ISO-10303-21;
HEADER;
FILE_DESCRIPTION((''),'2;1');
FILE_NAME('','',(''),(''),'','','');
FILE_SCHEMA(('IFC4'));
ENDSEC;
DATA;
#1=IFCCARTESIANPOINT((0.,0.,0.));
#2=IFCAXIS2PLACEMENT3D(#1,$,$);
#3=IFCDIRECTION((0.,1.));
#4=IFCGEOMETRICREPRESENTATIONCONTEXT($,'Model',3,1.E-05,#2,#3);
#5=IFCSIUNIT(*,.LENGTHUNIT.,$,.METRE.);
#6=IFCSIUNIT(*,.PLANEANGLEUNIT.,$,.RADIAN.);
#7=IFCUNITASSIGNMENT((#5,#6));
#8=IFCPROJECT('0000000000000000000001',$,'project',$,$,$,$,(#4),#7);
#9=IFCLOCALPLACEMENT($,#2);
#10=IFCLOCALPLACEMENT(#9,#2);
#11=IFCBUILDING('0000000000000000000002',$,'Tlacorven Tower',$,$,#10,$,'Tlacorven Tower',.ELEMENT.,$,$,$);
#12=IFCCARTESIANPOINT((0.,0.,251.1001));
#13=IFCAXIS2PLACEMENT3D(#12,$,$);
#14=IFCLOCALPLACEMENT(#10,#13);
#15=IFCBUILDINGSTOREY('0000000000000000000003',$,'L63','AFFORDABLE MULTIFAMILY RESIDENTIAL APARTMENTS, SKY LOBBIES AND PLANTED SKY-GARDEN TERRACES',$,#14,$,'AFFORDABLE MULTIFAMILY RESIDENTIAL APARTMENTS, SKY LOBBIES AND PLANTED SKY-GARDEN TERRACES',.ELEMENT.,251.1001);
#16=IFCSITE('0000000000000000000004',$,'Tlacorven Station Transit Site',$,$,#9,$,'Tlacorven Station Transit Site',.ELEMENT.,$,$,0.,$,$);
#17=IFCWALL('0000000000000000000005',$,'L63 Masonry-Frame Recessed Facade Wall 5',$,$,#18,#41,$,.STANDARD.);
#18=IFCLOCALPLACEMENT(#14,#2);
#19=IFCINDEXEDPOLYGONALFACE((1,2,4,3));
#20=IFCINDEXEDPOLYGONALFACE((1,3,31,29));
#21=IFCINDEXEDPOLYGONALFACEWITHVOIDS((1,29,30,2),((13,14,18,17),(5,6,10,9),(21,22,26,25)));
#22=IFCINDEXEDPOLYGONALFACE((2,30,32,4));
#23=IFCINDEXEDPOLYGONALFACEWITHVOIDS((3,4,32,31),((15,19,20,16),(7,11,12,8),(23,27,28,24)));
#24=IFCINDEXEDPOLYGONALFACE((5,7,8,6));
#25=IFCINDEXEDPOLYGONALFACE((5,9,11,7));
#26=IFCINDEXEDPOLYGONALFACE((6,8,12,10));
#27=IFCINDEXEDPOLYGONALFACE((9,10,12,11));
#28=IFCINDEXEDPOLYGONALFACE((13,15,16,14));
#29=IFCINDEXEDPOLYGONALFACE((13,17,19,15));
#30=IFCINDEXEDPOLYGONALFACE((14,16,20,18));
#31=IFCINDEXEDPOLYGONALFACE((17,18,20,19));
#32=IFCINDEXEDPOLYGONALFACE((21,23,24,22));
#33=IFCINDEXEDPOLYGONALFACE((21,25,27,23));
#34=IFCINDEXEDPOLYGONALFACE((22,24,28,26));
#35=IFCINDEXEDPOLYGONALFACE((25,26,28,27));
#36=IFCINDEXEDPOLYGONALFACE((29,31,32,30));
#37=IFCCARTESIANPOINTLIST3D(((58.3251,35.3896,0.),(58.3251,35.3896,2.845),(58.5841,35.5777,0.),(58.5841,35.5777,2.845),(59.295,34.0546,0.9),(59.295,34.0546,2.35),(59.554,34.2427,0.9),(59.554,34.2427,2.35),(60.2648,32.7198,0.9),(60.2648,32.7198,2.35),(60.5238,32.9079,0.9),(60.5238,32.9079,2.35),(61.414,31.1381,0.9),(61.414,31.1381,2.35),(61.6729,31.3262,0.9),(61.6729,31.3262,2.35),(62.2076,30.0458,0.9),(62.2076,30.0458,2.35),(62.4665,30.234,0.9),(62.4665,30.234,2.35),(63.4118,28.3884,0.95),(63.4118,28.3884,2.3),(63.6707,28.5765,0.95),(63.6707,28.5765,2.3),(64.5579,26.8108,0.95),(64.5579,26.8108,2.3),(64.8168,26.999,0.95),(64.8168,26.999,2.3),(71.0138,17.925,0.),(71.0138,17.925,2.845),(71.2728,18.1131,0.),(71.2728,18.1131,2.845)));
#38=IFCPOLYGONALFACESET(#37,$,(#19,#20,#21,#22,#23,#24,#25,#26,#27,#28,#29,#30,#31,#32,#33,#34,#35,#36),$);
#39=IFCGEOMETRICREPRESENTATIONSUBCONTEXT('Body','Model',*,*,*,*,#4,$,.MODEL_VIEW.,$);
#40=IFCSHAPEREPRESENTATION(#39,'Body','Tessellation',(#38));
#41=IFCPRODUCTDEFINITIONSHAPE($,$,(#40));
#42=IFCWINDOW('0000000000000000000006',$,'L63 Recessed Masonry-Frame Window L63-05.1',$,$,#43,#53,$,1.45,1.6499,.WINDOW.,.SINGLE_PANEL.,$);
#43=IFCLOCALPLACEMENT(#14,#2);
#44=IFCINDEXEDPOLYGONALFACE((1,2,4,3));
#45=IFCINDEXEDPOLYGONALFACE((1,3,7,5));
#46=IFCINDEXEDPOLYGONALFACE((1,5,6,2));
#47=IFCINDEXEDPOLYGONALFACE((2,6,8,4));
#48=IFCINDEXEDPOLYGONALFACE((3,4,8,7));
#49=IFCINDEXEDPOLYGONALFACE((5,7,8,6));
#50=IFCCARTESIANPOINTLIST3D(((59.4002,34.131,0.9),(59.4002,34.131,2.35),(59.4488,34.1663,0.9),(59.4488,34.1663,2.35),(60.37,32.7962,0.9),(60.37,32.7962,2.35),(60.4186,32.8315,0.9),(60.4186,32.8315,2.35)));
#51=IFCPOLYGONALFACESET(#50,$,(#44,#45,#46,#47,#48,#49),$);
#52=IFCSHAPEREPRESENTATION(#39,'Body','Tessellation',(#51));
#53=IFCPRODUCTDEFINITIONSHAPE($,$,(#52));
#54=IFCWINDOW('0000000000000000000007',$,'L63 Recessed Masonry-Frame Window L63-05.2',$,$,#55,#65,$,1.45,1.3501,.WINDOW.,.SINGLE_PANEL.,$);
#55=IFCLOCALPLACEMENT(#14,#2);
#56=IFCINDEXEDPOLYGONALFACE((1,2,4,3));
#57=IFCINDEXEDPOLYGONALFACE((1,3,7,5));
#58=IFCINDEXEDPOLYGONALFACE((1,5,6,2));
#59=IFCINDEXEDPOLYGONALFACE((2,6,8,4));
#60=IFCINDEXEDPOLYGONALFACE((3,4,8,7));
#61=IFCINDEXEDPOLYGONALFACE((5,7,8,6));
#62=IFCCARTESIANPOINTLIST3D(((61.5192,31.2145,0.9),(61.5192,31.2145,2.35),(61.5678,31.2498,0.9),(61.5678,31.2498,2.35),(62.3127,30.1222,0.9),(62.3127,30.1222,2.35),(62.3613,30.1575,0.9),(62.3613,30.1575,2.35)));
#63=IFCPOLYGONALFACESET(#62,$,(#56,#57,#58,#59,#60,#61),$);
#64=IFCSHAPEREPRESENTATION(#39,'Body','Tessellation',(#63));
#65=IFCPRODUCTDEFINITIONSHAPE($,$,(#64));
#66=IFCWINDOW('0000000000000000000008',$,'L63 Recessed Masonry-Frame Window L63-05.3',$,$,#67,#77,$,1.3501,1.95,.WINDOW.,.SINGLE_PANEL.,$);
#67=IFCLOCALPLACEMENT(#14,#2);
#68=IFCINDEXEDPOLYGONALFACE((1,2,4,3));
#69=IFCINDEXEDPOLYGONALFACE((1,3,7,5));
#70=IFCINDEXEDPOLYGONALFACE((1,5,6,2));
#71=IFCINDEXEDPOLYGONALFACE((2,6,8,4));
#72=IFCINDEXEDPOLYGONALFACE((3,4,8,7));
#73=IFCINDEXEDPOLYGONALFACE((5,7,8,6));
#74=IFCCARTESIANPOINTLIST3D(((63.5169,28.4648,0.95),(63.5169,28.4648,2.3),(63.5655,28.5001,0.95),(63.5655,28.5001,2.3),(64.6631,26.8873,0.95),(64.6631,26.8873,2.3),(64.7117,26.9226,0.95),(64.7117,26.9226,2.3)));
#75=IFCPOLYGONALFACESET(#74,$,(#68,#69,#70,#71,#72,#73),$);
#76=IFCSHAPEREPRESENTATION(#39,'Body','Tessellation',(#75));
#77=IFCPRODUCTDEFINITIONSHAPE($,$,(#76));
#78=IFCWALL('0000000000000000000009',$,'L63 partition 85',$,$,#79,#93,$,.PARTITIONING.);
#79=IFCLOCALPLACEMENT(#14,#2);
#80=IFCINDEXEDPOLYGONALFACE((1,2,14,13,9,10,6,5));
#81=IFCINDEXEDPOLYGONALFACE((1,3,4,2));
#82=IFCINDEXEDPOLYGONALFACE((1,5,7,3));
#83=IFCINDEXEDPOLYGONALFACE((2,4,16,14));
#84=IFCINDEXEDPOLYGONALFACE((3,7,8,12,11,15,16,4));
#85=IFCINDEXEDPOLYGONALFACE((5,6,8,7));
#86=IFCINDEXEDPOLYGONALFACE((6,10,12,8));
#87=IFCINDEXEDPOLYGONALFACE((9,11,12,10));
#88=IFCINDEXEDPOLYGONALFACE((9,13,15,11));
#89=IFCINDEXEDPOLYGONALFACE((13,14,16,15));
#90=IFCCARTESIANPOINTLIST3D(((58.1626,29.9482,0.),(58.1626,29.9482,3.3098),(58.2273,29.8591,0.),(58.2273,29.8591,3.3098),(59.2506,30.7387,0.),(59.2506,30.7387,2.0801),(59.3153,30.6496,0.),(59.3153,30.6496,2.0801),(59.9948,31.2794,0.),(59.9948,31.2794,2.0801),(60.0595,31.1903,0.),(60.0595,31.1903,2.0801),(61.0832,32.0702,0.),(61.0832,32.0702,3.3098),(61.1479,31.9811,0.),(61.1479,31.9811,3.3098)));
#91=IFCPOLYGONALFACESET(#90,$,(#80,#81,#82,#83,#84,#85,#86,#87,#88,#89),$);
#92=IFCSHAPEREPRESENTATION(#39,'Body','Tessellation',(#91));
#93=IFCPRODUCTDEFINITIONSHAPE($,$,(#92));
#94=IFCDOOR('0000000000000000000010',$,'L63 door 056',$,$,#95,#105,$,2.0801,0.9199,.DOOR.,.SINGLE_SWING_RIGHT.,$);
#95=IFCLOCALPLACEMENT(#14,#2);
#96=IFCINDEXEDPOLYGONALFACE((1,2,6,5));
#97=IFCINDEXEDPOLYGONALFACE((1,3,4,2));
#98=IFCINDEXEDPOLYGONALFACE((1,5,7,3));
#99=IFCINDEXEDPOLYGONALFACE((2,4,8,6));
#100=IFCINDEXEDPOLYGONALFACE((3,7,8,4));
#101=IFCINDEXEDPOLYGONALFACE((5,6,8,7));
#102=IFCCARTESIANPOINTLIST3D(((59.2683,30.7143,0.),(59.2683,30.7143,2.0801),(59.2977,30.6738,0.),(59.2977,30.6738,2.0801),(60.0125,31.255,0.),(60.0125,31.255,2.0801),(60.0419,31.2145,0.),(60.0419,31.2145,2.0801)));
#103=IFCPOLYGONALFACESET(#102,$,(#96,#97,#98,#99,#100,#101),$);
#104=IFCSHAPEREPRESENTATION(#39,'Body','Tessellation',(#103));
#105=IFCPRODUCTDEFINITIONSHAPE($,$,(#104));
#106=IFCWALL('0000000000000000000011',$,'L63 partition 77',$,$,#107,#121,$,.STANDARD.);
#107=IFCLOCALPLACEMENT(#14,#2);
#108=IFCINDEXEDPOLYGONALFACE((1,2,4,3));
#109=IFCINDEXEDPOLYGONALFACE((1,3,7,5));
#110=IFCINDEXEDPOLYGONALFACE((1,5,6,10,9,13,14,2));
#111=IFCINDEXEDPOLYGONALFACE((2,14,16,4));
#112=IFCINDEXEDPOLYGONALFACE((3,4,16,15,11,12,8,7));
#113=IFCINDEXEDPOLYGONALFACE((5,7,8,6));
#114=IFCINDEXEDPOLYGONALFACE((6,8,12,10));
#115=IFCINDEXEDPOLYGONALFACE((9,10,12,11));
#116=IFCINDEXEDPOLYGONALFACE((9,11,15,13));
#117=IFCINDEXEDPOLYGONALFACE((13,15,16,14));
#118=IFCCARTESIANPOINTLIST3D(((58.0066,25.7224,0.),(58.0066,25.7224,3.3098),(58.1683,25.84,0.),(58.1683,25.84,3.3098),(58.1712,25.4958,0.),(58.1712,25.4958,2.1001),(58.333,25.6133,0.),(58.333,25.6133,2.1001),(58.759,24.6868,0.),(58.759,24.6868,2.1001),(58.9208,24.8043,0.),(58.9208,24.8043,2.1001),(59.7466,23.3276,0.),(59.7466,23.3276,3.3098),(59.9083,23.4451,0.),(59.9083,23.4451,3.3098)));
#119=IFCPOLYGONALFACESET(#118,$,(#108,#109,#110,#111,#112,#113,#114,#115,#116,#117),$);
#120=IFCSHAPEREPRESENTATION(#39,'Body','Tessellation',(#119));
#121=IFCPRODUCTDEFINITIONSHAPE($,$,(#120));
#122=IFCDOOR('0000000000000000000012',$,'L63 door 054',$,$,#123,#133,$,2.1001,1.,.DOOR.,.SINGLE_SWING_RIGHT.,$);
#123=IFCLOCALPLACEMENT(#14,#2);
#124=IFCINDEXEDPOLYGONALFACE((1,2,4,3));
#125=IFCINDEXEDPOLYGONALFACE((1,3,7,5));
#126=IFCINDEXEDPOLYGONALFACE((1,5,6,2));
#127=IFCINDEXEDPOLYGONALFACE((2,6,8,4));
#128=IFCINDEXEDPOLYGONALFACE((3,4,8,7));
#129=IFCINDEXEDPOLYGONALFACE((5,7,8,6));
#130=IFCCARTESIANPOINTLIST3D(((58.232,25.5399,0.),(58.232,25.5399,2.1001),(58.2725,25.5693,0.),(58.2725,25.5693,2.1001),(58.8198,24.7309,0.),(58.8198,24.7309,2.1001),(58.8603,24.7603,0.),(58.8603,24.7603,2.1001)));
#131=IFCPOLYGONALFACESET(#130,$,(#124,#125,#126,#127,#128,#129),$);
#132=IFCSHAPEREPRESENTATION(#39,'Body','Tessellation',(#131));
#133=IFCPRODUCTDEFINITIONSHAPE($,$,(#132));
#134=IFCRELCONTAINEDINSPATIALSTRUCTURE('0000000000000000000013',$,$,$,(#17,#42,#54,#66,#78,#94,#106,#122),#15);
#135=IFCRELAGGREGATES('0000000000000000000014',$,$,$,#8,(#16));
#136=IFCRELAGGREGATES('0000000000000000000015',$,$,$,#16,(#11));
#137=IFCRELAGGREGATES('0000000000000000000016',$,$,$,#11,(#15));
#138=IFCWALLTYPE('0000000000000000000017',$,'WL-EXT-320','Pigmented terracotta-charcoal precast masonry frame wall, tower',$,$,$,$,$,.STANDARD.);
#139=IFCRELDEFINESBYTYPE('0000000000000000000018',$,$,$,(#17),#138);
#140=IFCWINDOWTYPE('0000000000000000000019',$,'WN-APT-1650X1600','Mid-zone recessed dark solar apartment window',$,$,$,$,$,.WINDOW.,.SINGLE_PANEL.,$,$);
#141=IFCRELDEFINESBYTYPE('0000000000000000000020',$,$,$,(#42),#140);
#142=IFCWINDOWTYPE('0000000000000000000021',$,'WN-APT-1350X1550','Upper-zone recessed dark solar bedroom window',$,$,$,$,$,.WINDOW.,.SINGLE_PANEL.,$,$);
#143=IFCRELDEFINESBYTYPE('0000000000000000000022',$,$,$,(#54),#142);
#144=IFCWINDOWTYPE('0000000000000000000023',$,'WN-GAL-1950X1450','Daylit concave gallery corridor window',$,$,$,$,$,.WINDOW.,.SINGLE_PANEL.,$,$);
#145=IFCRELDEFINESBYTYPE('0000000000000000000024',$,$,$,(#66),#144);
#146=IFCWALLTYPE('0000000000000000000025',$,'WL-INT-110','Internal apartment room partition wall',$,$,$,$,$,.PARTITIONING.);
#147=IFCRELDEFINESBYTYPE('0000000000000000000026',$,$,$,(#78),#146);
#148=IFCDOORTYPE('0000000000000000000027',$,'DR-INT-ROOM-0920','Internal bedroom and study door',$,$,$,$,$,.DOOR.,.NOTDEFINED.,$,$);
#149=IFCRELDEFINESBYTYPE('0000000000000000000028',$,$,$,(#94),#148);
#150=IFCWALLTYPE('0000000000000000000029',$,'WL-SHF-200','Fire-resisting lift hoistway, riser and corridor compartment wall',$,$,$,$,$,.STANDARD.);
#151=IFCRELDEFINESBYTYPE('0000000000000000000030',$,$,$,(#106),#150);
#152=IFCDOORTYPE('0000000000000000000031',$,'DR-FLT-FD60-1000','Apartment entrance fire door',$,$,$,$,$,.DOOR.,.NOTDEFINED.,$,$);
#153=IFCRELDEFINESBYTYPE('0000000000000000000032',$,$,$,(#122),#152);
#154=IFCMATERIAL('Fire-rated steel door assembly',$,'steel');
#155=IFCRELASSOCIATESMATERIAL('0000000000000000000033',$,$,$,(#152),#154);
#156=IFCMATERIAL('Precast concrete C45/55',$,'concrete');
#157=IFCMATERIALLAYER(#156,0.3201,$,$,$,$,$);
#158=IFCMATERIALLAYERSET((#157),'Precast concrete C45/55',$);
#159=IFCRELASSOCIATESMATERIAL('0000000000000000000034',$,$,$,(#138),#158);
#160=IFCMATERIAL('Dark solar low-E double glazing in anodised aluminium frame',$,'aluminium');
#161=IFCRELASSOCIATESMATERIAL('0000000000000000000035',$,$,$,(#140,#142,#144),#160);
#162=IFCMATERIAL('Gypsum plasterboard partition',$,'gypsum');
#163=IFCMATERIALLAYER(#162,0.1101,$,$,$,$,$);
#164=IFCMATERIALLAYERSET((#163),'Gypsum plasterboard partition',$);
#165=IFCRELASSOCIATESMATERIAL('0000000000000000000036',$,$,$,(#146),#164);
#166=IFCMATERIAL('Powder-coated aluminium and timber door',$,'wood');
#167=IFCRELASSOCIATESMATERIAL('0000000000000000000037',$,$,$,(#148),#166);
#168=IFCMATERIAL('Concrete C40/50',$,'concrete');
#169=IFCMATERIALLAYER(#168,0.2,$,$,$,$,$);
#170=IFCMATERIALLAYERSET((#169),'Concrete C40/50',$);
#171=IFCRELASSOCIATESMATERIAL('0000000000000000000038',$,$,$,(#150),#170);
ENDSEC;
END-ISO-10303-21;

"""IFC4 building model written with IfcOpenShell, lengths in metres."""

from ifc_helpers import new_model, si_unit, direction, frame, frame_2d, origin, place, context, subcontext, project, spatial, rectangle, extrude, source, transform, mapped, material, layer, layer_set, type_object, element, fill, save


model = new_model("IFC4")

# Units and contexts
model_context = context("Model", 3, precision=1e-05, world=origin(), true_north=direction((0.0, 1.0)))
body_context = subcontext(model_context, "Body", "Model", "MODEL_VIEW")
ifc_project = project(units=[si_unit("LENGTHUNIT", "METRE"), si_unit("PLANEANGLEUNIT", "RADIAN")], contexts=[model_context])

# Site, building, storey
site_placement = place(None, origin())
site = spatial("IfcSite", under=ifc_project, at=site_placement, Name="Tlacorven Station Transit Site", LongName="Tlacorven Station Transit Site", CompositionType="ELEMENT", RefElevation=0.0)
building_placement = place(site_placement, origin())
building = spatial("IfcBuilding", under=site, at=building_placement, Name="Tlacorven Tower", LongName="Tlacorven Tower", CompositionType="ELEMENT")
storey_placement = place(building_placement, frame((0.0, 0.0, 251.1001)))
storey = spatial("IfcBuildingStorey", under=building, at=storey_placement, Name="L63", Description="AFFORDABLE MULTIFAMILY RESIDENTIAL APARTMENTS, SKY LOBBIES AND PLANTED SKY-GARDEN TERRACES", LongName="AFFORDABLE MULTIFAMILY RESIDENTIAL APARTMENTS, SKY LOBBIES AND PLANTED SKY-GARDEN TERRACES", CompositionType="ELEMENT", Elevation=251.1001)

# Shared definitions
ifc_material_1 = material(Name="Fire-rated steel door assembly", Category="steel")
door_type_1 = type_object("IfcDoorType", Name="DR-FLT-FD60-1000", Description="Apartment entrance fire door", OperationType="NOTDEFINED", PredefinedType="DOOR", material=ifc_material_1)
shared_shape_1 = source(origin(), body_context, "Body", "SweptSolid", [
    extrude(rectangle(XDim=1.0, YDim=2.1001, at=frame_2d((0.5, 1.05))), frame((0.0, 0.0249, 0.0), z_axis=(0.0, -1.0, 0.0), x_axis=(1.0, 0.0, 0.0)), (0.0, 0.0, 1.0), 0.05),
])

# Wall, openings, windows
ifc_material_2 = material(Name="Precast concrete C45/55", Category="concrete")
ifc_layer_1 = layer(ifc_material_2, 0.3201)
ifc_layer_set_1 = layer_set([ifc_layer_1], Name="Precast concrete C45/55")
wall_type_1 = type_object("IfcWallType", Name="WL-EXT-320", Description="Pigmented terracotta-charcoal precast masonry frame wall, tower", PredefinedType="STANDARD", material=ifc_layer_set_1)
wall_1_placement = place(storey_placement, frame((58.4546, 35.4836, 0.0), z_axis=(0.0, 0.0, 1.0), x_axis=(0.587784, -0.809018, 0.0)))
wall_1 = element("IfcWall", 1, at=wall_1_placement, inside=storey, type_object=wall_type_1, Name="L63 Masonry-Frame Recessed Facade Wall 5", PredefinedType="STANDARD", context=body_context, shape_type="SweptSolid", body=[
    extrude(rectangle(XDim=21.5874, YDim=0.3201, at=frame_2d((10.7937, 0.0))), origin(), (0.0, 0.0, 1.0), 2.845),
])
opening_1_placement = place(wall_1_placement, frame((1.6501, 0.0, 0.8999)))
opening_1 = element("IfcOpeningElement", 2, at=opening_1_placement, cuts=wall_1, PredefinedType="OPENING", context=body_context, shape_type="SweptSolid", body=[
    extrude(rectangle(XDim=1.6499, YDim=1.45, at=frame_2d((0.825, 0.7251))), frame((0.0, 0.1699, 0.0), z_axis=(0.0, -1.0, 0.0), x_axis=(1.0, 0.0, 0.0)), (0.0, 0.0, 1.0), 0.3401),
])
opening_2_placement = place(wall_1_placement, frame((5.2551, 0.0, 0.8999)))
opening_2 = element("IfcOpeningElement", 3, at=opening_2_placement, cuts=wall_1, PredefinedType="OPENING", context=body_context, shape_type="SweptSolid", body=[
    extrude(rectangle(XDim=1.3501, YDim=1.45, at=frame_2d((0.675, 0.7251))), frame((0.0, 0.1699, 0.0), z_axis=(0.0, -1.0, 0.0), x_axis=(1.0, 0.0, 0.0)), (0.0, 0.0, 1.0), 0.3401),
])
opening_3_placement = place(wall_1_placement, frame((8.6538, 0.0, 0.95)))
opening_3 = element("IfcOpeningElement", 4, at=opening_3_placement, cuts=wall_1, PredefinedType="OPENING", context=body_context, shape_type="SweptSolid", body=[
    extrude(rectangle(XDim=1.95, YDim=1.3501, at=frame_2d((0.9751, 0.675))), frame((0.0, 0.1699, 0.0), z_axis=(0.0, -1.0, 0.0), x_axis=(1.0, 0.0, 0.0)), (0.0, 0.0, 1.0), 0.3401),
])
ifc_material_3 = material(Name="Dark solar low-E double glazing in anodised aluminium frame", Category="aluminium")
window_type_1 = type_object("IfcWindowType", Name="WN-APT-1650X1600", Description="Mid-zone recessed dark solar apartment window", PartitioningType="SINGLE_PANEL", PredefinedType="WINDOW", material=ifc_material_3)
shared_shape_2 = source(origin(), body_context, "Body", "SweptSolid", [
    extrude(rectangle(XDim=1.6499, YDim=1.45, at=frame_2d((0.825, 0.7251))), frame((0.0, 0.03, 0.0), z_axis=(0.0, -1.0, 0.0), x_axis=(1.0, 0.0, 0.0)), (0.0, 0.0, 1.0), 0.0601),
])
window_1_placement = place(opening_1_placement, origin())
window_1 = element("IfcWindow", 5, at=window_1_placement, inside=storey, type_object=window_type_1, Name="L63 Recessed Masonry-Frame Window L63-05.1", OverallHeight=1.45, OverallWidth=1.6499, PartitioningType="SINGLE_PANEL", PredefinedType="WINDOW", context=body_context, shape_type="MappedRepresentation", body=[
    mapped(shared_shape_2, transform((0.0, 0.0, 0.0), scale=1.0)),
])
fill(opening_1, window_1)
window_type_2 = type_object("IfcWindowType", Name="WN-APT-1350X1550", Description="Upper-zone recessed dark solar bedroom window", PartitioningType="SINGLE_PANEL", PredefinedType="WINDOW", material=ifc_material_3)
shared_shape_3 = source(origin(), body_context, "Body", "SweptSolid", [
    extrude(rectangle(XDim=1.3501, YDim=1.45, at=frame_2d((0.675, 0.7251))), frame((0.0, 0.03, 0.0), z_axis=(0.0, -1.0, 0.0), x_axis=(1.0, 0.0, 0.0)), (0.0, 0.0, 1.0), 0.0601),
])
window_2_placement = place(opening_2_placement, origin())
window_2 = element("IfcWindow", 6, at=window_2_placement, inside=storey, type_object=window_type_2, Name="L63 Recessed Masonry-Frame Window L63-05.2", OverallHeight=1.45, OverallWidth=1.3501, PartitioningType="SINGLE_PANEL", PredefinedType="WINDOW", context=body_context, shape_type="MappedRepresentation", body=[
    mapped(shared_shape_3, transform((0.0, 0.0, 0.0), scale=1.0)),
])
fill(opening_2, window_2)
window_type_3 = type_object("IfcWindowType", Name="WN-GAL-1950X1450", Description="Daylit concave gallery corridor window", PartitioningType="SINGLE_PANEL", PredefinedType="WINDOW", material=ifc_material_3)
shared_shape_4 = source(origin(), body_context, "Body", "SweptSolid", [
    extrude(rectangle(XDim=1.95, YDim=1.3501, at=frame_2d((0.9751, 0.675))), frame((0.0, 0.03, 0.0), z_axis=(0.0, -1.0, 0.0), x_axis=(1.0, 0.0, 0.0)), (0.0, 0.0, 1.0), 0.0601),
])
window_3_placement = place(opening_3_placement, origin())
window_3 = element("IfcWindow", 7, at=window_3_placement, inside=storey, type_object=window_type_3, Name="L63 Recessed Masonry-Frame Window L63-05.3", OverallHeight=1.3501, OverallWidth=1.95, PartitioningType="SINGLE_PANEL", PredefinedType="WINDOW", context=body_context, shape_type="MappedRepresentation", body=[
    mapped(shared_shape_4, transform((0.0, 0.0, 0.0), scale=1.0)),
])
fill(opening_3, window_3)

# Walls, openings, doors
ifc_material_4 = material(Name="Gypsum plasterboard partition", Category="gypsum")
ifc_layer_2 = layer(ifc_material_4, 0.1101)
ifc_layer_set_2 = layer_set([ifc_layer_2], Name="Gypsum plasterboard partition")
wall_type_2 = type_object("IfcWallType", Name="WL-INT-110", Description="Internal apartment room partition wall", PredefinedType="PARTITIONING", material=ifc_layer_set_2)
wall_2_placement = place(storey_placement, frame((58.1948, 29.9036, 0.0), z_axis=(0.0, 0.0, 1.0), x_axis=(0.809005, 0.587802, 0.0)))
wall_2 = element("IfcWall", 8, at=wall_2_placement, inside=storey, type_object=wall_type_2, Name="L63 partition 85", PredefinedType="PARTITIONING", context=body_context, shape_type="SweptSolid", body=[
    extrude(rectangle(XDim=3.6101, YDim=0.1101, at=frame_2d((1.8052, 0.0))), origin(), (0.0, 0.0, 1.0), 3.3098),
])
opening_4_placement = place(wall_2_placement, frame((1.345, 0.0, 0.0)))
opening_4 = element("IfcOpeningElement", 9, at=opening_4_placement, cuts=wall_2, PredefinedType="OPENING", context=body_context, shape_type="SweptSolid", body=[
    extrude(rectangle(XDim=0.9199, YDim=2.0801, at=frame_2d((0.46, 1.04))), frame((0.0, 0.0649, 0.0), z_axis=(0.0, -1.0, 0.0), x_axis=(1.0, 0.0, 0.0)), (0.0, 0.0, 1.0), 0.1301),
])
ifc_material_5 = material(Name="Powder-coated aluminium and timber door", Category="wood")
door_type_2 = type_object("IfcDoorType", Name="DR-INT-ROOM-0920", Description="Internal bedroom and study door", OperationType="NOTDEFINED", PredefinedType="DOOR", material=ifc_material_5)
shared_shape_5 = source(origin(), body_context, "Body", "SweptSolid", [
    extrude(rectangle(XDim=0.9199, YDim=2.0801, at=frame_2d((0.46, 1.04))), frame((0.0, 0.0249, 0.0), z_axis=(0.0, -1.0, 0.0), x_axis=(1.0, 0.0, 0.0)), (0.0, 0.0, 1.0), 0.05),
])
door_1_placement = place(opening_4_placement, origin())
door_1 = element("IfcDoor", 10, at=door_1_placement, inside=storey, type_object=door_type_2, Name="L63 door 056", OperationType="SINGLE_SWING_RIGHT", OverallHeight=2.0801, OverallWidth=0.9199, PredefinedType="DOOR", context=body_context, shape_type="MappedRepresentation", body=[
    mapped(shared_shape_5, transform((0.0, 0.0, 0.0), scale=1.0)),
])
fill(opening_4, door_1)
ifc_material_6 = material(Name="Concrete C40/50", Category="concrete")
ifc_layer_3 = layer(ifc_material_6, 0.2)
ifc_layer_set_3 = layer_set([ifc_layer_3], Name="Concrete C40/50")
wall_type_3 = type_object("IfcWallType", Name="WL-SHF-200", Description="Fire-resisting lift hoistway, riser and corridor compartment wall", PredefinedType="STANDARD", material=ifc_layer_set_3)
wall_3_placement = place(storey_placement, frame((59.8274, 23.3865, 0.0), z_axis=(0.0, 0.0, 1.0), x_axis=(-0.587804, 0.809003, 0.0)))
wall_3 = element("IfcWall", 11, at=wall_3_placement, inside=storey, type_object=wall_type_3, Name="L63 partition 77", PredefinedType="STANDARD", context=body_context, shape_type="SweptSolid", body=[
    extrude(rectangle(XDim=2.9602, YDim=0.2, at=frame_2d((1.48, 0.0))), origin(), (0.0, 0.0, 1.0), 3.3098),
])
opening_5_placement = place(wall_3_placement, frame((1.6799, 0.0, 0.0)))
opening_5 = element("IfcOpeningElement", 12, at=opening_5_placement, cuts=wall_3, PredefinedType="OPENING", context=body_context, shape_type="SweptSolid", body=[
    extrude(rectangle(XDim=1.0, YDim=2.1001, at=frame_2d((0.5, 1.05))), frame((0.0, 0.1099, 0.0), z_axis=(0.0, -1.0, 0.0), x_axis=(1.0, 0.0, 0.0)), (0.0, 0.0, 1.0), 0.22),
])
door_2_placement = place(opening_5_placement, origin())
door_2 = element("IfcDoor", 13, at=door_2_placement, inside=storey, type_object=door_type_1, Name="L63 door 054", OperationType="SINGLE_SWING_RIGHT", OverallHeight=2.1001, OverallWidth=1.0, PredefinedType="DOOR", context=body_context, shape_type="MappedRepresentation", body=[
    mapped(shared_shape_1, transform((0.0, 0.0, 0.0), scale=1.0)),
])
fill(opening_5, door_2)

save(model, "model.ifc")
